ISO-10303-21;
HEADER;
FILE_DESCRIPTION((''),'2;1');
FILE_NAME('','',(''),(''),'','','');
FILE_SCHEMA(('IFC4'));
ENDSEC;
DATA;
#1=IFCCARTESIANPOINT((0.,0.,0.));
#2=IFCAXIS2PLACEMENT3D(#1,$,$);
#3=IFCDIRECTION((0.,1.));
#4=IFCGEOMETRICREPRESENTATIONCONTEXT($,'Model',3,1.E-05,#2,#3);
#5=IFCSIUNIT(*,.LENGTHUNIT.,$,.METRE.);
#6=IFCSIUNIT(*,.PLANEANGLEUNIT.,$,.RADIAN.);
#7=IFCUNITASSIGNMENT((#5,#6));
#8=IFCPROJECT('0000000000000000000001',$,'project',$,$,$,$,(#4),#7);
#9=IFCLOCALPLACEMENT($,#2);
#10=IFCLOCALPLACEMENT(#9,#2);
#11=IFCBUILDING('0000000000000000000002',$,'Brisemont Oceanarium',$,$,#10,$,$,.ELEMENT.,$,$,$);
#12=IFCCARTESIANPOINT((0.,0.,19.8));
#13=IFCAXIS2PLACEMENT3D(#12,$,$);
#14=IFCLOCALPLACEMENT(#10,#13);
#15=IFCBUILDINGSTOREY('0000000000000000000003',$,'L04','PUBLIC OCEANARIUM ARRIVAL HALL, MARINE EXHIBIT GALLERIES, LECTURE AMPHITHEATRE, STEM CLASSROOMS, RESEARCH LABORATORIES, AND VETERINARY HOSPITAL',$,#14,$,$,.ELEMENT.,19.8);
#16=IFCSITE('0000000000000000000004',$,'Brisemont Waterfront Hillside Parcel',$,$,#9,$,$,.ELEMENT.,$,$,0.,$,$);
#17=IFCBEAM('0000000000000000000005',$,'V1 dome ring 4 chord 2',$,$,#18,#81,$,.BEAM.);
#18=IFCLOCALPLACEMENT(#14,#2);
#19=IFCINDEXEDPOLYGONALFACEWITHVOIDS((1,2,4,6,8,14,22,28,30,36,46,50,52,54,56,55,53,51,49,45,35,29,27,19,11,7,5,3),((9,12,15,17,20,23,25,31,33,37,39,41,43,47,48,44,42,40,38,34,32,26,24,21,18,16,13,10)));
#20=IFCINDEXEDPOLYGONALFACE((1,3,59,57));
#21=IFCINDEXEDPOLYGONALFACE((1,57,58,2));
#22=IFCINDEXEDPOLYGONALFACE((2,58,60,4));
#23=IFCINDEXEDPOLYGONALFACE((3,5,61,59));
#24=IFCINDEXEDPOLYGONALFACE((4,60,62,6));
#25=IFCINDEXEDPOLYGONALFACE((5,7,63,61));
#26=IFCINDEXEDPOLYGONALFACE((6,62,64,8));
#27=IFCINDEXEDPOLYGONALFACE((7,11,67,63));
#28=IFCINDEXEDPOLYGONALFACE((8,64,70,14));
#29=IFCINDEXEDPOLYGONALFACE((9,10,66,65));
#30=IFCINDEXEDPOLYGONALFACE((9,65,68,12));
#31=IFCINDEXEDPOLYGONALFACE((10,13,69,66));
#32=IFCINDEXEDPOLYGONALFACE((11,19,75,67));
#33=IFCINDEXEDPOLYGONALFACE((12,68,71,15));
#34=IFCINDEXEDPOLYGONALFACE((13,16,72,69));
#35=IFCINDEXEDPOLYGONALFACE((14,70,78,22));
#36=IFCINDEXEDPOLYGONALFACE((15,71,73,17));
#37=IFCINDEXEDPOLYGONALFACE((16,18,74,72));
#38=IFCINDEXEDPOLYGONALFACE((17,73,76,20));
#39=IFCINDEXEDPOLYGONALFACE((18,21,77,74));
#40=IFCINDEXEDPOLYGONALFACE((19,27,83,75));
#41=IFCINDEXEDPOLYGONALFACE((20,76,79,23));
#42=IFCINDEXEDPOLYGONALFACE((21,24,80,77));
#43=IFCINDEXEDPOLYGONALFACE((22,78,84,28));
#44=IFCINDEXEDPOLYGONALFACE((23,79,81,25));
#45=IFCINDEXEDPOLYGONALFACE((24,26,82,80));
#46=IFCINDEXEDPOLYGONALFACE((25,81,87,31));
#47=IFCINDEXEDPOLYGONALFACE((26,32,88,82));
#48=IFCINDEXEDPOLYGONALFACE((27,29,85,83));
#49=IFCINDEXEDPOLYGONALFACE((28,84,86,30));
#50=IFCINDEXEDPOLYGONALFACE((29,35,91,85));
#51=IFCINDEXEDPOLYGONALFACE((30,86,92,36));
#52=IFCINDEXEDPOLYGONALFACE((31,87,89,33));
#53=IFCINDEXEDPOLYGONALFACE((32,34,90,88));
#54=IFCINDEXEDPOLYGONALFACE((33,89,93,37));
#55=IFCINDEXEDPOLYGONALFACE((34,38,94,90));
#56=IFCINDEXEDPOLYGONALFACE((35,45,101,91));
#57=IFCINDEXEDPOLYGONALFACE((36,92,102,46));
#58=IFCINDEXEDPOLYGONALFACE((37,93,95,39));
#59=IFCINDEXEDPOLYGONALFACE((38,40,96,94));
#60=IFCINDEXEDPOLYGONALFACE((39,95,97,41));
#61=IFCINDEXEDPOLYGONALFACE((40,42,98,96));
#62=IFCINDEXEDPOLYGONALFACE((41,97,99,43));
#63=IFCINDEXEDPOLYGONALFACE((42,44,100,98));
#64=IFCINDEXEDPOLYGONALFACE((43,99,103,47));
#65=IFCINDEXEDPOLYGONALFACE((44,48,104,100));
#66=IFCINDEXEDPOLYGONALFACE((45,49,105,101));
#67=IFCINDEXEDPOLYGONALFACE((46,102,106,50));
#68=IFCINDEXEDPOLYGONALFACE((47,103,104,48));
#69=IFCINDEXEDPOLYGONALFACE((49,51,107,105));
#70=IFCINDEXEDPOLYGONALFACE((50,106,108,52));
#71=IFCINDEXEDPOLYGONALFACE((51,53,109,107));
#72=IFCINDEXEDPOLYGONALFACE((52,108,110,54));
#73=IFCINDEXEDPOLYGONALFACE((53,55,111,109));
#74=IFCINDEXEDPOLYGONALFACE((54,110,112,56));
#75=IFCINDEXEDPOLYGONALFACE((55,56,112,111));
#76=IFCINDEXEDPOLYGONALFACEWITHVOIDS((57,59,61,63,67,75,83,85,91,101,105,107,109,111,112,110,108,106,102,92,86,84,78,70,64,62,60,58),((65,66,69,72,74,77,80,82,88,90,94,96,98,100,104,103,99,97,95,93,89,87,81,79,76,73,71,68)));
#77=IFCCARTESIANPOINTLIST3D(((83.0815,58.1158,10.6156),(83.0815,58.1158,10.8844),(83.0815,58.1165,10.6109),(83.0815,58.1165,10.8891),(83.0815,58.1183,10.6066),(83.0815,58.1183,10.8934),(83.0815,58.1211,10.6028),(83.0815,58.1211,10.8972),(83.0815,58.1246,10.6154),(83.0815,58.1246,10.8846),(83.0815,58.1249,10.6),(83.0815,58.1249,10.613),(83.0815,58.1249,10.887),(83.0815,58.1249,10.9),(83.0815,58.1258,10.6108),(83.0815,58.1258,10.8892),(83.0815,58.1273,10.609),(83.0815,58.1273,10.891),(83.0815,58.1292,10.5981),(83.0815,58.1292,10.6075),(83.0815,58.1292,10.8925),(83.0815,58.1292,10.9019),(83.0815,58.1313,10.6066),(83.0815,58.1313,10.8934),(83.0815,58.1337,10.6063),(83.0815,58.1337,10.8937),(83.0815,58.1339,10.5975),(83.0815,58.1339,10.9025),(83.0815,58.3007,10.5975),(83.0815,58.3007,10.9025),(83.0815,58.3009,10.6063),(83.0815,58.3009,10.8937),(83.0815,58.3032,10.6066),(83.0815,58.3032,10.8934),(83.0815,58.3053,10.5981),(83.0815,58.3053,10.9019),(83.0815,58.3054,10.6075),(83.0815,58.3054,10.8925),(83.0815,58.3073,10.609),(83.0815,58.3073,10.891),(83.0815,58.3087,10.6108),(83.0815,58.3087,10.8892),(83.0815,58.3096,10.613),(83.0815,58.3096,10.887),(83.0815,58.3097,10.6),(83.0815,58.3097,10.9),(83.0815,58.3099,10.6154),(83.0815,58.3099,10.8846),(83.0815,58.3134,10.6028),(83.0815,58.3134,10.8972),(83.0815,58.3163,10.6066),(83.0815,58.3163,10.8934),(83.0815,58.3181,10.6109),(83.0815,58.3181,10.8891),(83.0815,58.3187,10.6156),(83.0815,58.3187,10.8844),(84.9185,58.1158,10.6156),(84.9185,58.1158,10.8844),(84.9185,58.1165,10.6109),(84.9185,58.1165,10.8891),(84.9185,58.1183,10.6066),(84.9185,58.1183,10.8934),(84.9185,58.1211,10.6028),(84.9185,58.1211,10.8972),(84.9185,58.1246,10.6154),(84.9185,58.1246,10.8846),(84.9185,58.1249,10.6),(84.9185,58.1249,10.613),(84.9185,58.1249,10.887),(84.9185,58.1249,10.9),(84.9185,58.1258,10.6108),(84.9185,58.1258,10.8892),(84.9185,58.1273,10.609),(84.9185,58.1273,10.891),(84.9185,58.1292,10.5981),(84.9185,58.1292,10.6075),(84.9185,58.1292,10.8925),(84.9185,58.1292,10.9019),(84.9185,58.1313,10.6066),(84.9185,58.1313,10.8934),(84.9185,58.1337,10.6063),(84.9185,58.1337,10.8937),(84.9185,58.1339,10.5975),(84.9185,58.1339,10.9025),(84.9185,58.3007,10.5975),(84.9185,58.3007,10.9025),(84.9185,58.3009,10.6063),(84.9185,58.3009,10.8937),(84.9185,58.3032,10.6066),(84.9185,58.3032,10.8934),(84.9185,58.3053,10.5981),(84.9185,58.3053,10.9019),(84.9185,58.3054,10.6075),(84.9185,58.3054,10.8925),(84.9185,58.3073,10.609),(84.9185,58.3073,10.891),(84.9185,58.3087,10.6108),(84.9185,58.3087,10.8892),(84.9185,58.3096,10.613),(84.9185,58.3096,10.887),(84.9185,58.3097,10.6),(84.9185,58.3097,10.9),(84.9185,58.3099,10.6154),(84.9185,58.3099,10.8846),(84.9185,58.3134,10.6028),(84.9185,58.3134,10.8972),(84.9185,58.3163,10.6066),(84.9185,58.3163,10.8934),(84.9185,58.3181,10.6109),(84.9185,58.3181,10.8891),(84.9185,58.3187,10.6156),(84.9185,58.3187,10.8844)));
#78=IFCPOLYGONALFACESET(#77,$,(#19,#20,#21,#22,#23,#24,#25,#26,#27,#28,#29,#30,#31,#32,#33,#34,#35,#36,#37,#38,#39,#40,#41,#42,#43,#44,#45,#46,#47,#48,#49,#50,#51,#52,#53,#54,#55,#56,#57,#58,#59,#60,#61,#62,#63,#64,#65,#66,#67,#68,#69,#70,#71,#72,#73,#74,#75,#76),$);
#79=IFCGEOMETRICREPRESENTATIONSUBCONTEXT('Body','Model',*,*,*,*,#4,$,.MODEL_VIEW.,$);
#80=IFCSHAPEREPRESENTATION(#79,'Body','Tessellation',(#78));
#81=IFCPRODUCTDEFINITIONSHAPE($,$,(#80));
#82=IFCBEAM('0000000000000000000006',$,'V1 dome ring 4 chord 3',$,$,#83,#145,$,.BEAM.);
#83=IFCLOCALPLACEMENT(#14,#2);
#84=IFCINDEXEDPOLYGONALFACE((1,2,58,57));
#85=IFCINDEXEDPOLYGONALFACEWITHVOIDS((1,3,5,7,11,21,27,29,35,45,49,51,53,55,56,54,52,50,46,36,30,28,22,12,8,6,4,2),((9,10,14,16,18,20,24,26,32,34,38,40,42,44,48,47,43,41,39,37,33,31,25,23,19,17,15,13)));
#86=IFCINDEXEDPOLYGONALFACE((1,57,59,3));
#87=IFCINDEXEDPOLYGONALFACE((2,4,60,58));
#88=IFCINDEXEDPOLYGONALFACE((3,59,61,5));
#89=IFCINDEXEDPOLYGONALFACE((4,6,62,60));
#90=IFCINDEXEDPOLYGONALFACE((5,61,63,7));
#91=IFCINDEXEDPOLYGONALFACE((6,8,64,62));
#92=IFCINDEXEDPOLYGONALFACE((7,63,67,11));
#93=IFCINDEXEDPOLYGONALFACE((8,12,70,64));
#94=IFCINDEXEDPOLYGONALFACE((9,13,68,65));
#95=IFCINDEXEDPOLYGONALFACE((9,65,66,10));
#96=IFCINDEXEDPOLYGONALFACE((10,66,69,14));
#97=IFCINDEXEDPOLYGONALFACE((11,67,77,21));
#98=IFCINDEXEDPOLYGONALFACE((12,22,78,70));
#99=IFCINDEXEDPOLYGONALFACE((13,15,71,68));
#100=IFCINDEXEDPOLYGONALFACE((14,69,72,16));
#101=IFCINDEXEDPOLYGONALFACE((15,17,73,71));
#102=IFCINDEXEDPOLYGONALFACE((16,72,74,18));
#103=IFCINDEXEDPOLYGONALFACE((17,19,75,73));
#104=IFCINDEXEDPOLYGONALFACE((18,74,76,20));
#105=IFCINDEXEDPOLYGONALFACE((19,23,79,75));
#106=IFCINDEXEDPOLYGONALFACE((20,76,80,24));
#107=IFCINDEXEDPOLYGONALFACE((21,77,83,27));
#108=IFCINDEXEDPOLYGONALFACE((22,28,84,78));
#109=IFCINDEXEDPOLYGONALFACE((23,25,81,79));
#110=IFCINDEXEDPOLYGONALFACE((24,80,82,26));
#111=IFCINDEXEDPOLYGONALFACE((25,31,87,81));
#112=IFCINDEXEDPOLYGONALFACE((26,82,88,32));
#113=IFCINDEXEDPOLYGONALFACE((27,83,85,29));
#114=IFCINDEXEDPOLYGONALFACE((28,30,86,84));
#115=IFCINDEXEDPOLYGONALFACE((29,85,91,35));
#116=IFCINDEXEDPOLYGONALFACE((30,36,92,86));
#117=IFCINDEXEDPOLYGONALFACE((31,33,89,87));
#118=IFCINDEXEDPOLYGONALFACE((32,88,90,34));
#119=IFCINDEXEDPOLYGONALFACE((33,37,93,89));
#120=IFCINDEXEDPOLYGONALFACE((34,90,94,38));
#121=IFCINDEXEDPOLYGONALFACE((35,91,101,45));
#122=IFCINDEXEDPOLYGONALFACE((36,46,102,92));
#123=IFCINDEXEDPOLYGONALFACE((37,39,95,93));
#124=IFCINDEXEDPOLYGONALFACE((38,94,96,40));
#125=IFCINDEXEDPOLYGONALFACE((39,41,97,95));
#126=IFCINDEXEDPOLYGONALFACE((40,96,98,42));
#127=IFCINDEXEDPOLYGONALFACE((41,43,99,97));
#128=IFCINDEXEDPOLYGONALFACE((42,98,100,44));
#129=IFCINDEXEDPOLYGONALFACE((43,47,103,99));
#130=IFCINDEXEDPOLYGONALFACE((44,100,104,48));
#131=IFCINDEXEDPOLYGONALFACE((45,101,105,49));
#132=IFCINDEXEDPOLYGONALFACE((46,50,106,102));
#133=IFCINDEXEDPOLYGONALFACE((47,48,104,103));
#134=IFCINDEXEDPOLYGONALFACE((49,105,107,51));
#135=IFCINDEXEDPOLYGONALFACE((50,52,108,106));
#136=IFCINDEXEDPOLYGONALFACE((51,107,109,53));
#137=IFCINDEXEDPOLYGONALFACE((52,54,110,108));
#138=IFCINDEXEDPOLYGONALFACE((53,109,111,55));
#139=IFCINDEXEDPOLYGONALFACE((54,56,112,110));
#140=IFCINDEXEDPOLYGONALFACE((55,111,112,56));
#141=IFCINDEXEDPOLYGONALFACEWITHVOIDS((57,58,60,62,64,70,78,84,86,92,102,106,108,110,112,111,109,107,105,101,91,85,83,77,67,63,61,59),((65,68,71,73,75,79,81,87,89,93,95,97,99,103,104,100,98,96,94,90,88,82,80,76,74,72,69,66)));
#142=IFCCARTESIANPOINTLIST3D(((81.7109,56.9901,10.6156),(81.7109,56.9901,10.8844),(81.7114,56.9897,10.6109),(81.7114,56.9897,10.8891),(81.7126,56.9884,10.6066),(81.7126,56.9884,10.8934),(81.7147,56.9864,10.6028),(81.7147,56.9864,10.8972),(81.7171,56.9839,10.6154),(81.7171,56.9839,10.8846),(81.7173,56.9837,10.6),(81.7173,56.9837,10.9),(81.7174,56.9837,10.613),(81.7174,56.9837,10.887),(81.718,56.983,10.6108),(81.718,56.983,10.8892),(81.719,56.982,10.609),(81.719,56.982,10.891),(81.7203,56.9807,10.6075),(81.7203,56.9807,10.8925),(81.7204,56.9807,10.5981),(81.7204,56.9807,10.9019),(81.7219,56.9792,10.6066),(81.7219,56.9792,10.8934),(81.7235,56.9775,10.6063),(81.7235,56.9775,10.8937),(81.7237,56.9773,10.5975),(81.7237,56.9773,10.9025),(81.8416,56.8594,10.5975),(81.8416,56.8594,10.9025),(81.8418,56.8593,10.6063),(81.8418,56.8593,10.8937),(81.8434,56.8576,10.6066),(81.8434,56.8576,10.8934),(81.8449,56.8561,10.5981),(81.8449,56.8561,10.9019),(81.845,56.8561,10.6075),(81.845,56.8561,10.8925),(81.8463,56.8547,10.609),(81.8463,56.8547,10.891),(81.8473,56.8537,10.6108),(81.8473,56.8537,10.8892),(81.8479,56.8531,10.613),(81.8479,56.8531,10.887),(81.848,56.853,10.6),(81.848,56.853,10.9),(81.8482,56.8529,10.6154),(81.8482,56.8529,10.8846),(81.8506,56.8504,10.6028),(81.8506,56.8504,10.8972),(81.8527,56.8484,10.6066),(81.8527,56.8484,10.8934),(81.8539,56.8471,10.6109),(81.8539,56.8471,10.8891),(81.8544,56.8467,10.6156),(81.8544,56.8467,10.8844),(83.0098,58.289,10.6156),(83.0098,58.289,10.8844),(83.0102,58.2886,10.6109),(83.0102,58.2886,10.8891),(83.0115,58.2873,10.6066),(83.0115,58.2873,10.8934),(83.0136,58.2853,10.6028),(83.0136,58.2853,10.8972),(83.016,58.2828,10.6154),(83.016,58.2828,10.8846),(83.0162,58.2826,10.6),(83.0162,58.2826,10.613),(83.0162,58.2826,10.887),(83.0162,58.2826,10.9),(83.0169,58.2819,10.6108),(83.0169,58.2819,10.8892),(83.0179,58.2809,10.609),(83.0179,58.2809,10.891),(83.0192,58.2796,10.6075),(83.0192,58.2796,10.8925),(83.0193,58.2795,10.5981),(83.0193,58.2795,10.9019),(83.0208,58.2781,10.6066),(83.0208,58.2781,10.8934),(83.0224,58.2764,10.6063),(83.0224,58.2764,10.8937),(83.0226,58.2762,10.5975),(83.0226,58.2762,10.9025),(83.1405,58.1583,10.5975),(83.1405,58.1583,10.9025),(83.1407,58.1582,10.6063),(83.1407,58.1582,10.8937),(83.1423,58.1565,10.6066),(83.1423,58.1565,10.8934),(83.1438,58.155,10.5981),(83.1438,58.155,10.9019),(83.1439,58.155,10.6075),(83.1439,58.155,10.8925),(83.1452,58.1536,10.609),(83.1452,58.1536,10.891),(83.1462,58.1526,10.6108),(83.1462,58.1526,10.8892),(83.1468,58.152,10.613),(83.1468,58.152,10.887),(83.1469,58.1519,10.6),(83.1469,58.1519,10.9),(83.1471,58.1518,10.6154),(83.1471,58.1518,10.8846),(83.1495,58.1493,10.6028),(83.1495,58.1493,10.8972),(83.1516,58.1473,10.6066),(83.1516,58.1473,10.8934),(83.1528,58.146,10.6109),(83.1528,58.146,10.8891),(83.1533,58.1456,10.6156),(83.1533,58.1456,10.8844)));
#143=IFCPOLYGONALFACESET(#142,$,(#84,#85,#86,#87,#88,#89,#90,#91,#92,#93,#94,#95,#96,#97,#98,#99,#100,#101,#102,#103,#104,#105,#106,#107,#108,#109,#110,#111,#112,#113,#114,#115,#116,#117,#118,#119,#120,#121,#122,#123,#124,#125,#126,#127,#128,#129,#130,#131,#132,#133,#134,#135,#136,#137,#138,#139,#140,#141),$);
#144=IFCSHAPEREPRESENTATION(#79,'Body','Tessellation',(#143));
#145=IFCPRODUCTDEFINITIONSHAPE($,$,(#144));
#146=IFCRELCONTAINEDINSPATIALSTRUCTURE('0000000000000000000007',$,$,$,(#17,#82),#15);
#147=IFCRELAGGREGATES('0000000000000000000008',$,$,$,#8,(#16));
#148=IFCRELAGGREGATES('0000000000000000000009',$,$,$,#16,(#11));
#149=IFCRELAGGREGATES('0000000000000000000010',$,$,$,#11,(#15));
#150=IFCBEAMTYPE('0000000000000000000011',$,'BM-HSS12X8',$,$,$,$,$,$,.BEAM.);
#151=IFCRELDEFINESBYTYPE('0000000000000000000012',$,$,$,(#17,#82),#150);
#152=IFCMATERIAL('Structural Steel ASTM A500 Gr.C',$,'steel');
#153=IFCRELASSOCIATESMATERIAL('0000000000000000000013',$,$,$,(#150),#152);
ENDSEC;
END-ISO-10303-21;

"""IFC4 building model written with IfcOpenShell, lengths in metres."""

from ifc_helpers import new_model, si_unit, direction, frame, origin, origin_2d, place, context, subcontext, project, spatial, hollow_rectangle, extrude, material, material_profile, profile_set, type_object, element, save


model = new_model("IFC4")

# Units and contexts
model_context = context("Model", 3, precision=1e-05, world=origin(), true_north=direction((0.0, 1.0)))
body_context = subcontext(model_context, "Body", "Model", "MODEL_VIEW")
ifc_project = project(units=[si_unit("LENGTHUNIT", "METRE"), si_unit("PLANEANGLEUNIT", "RADIAN")], contexts=[model_context])

# Site, building, storey
site_placement = place(None, origin())
site = spatial("IfcSite", under=ifc_project, at=site_placement, Name="Brisemont Waterfront Hillside Parcel", CompositionType="ELEMENT", RefElevation=0.0)
building_placement = place(site_placement, origin())
building = spatial("IfcBuilding", under=site, at=building_placement, Name="Brisemont Oceanarium", CompositionType="ELEMENT")
storey_placement = place(building_placement, frame((0.0, 0.0, 19.8)))
storey = spatial("IfcBuildingStorey", under=building, at=storey_placement, Name="L04", Description="PUBLIC OCEANARIUM ARRIVAL HALL, MARINE EXHIBIT GALLERIES, LECTURE AMPHITHEATRE, STEM CLASSROOMS, RESEARCH LABORATORIES, AND VETERINARY HOSPITAL", CompositionType="ELEMENT", Elevation=19.8)

# Beams
ifc_material_1 = material(Name="Structural Steel ASTM A500 Gr.C", Category="steel")
ifc_material_profile_1 = material_profile(ifc_material_1, hollow_rectangle(XDim=0.2029, YDim=0.3049, WallThickness=0.0088, InnerFilletRadius=0.009, OuterFilletRadius=0.0181, at=origin_2d()), Name="HSS12X8X3/8")
ifc_profile_set_1 = profile_set([ifc_material_profile_1], Name="Structural Steel ASTM A500 Gr.C")
beam_type_1 = type_object("IfcBeamType", Name="BM-HSS12X8", PredefinedType="BEAM", material=ifc_profile_set_1)
for number, where, z_axis, x_axis, name in (
    (1, (84.9185, 58.2173, 10.75), (-1.0, 0.0, 0.0), (0.0, -1.0, 0.0), "V1 dome ring 4 chord 2"),
    (2, (83.0815, 58.2173, 10.75), (-0.707107, -0.707107, 0.0), (0.707107, -0.707107, 0.0), "V1 dome ring 4 chord 3"),
):
    element("IfcBeam", number, at=place(storey_placement, frame(where, z_axis=z_axis, x_axis=x_axis)), inside=storey, type_object=beam_type_1, Name=name, PredefinedType="BEAM", context=body_context, shape_type="SweptSolid", body=[
        extrude(hollow_rectangle(XDim=0.2029, YDim=0.3049, WallThickness=0.0088, InnerFilletRadius=0.009, OuterFilletRadius=0.0181, at=origin_2d()), origin(), (0.0, 0.0, 1.0), 1.8369),
    ])

save(model, "model.ifc")
